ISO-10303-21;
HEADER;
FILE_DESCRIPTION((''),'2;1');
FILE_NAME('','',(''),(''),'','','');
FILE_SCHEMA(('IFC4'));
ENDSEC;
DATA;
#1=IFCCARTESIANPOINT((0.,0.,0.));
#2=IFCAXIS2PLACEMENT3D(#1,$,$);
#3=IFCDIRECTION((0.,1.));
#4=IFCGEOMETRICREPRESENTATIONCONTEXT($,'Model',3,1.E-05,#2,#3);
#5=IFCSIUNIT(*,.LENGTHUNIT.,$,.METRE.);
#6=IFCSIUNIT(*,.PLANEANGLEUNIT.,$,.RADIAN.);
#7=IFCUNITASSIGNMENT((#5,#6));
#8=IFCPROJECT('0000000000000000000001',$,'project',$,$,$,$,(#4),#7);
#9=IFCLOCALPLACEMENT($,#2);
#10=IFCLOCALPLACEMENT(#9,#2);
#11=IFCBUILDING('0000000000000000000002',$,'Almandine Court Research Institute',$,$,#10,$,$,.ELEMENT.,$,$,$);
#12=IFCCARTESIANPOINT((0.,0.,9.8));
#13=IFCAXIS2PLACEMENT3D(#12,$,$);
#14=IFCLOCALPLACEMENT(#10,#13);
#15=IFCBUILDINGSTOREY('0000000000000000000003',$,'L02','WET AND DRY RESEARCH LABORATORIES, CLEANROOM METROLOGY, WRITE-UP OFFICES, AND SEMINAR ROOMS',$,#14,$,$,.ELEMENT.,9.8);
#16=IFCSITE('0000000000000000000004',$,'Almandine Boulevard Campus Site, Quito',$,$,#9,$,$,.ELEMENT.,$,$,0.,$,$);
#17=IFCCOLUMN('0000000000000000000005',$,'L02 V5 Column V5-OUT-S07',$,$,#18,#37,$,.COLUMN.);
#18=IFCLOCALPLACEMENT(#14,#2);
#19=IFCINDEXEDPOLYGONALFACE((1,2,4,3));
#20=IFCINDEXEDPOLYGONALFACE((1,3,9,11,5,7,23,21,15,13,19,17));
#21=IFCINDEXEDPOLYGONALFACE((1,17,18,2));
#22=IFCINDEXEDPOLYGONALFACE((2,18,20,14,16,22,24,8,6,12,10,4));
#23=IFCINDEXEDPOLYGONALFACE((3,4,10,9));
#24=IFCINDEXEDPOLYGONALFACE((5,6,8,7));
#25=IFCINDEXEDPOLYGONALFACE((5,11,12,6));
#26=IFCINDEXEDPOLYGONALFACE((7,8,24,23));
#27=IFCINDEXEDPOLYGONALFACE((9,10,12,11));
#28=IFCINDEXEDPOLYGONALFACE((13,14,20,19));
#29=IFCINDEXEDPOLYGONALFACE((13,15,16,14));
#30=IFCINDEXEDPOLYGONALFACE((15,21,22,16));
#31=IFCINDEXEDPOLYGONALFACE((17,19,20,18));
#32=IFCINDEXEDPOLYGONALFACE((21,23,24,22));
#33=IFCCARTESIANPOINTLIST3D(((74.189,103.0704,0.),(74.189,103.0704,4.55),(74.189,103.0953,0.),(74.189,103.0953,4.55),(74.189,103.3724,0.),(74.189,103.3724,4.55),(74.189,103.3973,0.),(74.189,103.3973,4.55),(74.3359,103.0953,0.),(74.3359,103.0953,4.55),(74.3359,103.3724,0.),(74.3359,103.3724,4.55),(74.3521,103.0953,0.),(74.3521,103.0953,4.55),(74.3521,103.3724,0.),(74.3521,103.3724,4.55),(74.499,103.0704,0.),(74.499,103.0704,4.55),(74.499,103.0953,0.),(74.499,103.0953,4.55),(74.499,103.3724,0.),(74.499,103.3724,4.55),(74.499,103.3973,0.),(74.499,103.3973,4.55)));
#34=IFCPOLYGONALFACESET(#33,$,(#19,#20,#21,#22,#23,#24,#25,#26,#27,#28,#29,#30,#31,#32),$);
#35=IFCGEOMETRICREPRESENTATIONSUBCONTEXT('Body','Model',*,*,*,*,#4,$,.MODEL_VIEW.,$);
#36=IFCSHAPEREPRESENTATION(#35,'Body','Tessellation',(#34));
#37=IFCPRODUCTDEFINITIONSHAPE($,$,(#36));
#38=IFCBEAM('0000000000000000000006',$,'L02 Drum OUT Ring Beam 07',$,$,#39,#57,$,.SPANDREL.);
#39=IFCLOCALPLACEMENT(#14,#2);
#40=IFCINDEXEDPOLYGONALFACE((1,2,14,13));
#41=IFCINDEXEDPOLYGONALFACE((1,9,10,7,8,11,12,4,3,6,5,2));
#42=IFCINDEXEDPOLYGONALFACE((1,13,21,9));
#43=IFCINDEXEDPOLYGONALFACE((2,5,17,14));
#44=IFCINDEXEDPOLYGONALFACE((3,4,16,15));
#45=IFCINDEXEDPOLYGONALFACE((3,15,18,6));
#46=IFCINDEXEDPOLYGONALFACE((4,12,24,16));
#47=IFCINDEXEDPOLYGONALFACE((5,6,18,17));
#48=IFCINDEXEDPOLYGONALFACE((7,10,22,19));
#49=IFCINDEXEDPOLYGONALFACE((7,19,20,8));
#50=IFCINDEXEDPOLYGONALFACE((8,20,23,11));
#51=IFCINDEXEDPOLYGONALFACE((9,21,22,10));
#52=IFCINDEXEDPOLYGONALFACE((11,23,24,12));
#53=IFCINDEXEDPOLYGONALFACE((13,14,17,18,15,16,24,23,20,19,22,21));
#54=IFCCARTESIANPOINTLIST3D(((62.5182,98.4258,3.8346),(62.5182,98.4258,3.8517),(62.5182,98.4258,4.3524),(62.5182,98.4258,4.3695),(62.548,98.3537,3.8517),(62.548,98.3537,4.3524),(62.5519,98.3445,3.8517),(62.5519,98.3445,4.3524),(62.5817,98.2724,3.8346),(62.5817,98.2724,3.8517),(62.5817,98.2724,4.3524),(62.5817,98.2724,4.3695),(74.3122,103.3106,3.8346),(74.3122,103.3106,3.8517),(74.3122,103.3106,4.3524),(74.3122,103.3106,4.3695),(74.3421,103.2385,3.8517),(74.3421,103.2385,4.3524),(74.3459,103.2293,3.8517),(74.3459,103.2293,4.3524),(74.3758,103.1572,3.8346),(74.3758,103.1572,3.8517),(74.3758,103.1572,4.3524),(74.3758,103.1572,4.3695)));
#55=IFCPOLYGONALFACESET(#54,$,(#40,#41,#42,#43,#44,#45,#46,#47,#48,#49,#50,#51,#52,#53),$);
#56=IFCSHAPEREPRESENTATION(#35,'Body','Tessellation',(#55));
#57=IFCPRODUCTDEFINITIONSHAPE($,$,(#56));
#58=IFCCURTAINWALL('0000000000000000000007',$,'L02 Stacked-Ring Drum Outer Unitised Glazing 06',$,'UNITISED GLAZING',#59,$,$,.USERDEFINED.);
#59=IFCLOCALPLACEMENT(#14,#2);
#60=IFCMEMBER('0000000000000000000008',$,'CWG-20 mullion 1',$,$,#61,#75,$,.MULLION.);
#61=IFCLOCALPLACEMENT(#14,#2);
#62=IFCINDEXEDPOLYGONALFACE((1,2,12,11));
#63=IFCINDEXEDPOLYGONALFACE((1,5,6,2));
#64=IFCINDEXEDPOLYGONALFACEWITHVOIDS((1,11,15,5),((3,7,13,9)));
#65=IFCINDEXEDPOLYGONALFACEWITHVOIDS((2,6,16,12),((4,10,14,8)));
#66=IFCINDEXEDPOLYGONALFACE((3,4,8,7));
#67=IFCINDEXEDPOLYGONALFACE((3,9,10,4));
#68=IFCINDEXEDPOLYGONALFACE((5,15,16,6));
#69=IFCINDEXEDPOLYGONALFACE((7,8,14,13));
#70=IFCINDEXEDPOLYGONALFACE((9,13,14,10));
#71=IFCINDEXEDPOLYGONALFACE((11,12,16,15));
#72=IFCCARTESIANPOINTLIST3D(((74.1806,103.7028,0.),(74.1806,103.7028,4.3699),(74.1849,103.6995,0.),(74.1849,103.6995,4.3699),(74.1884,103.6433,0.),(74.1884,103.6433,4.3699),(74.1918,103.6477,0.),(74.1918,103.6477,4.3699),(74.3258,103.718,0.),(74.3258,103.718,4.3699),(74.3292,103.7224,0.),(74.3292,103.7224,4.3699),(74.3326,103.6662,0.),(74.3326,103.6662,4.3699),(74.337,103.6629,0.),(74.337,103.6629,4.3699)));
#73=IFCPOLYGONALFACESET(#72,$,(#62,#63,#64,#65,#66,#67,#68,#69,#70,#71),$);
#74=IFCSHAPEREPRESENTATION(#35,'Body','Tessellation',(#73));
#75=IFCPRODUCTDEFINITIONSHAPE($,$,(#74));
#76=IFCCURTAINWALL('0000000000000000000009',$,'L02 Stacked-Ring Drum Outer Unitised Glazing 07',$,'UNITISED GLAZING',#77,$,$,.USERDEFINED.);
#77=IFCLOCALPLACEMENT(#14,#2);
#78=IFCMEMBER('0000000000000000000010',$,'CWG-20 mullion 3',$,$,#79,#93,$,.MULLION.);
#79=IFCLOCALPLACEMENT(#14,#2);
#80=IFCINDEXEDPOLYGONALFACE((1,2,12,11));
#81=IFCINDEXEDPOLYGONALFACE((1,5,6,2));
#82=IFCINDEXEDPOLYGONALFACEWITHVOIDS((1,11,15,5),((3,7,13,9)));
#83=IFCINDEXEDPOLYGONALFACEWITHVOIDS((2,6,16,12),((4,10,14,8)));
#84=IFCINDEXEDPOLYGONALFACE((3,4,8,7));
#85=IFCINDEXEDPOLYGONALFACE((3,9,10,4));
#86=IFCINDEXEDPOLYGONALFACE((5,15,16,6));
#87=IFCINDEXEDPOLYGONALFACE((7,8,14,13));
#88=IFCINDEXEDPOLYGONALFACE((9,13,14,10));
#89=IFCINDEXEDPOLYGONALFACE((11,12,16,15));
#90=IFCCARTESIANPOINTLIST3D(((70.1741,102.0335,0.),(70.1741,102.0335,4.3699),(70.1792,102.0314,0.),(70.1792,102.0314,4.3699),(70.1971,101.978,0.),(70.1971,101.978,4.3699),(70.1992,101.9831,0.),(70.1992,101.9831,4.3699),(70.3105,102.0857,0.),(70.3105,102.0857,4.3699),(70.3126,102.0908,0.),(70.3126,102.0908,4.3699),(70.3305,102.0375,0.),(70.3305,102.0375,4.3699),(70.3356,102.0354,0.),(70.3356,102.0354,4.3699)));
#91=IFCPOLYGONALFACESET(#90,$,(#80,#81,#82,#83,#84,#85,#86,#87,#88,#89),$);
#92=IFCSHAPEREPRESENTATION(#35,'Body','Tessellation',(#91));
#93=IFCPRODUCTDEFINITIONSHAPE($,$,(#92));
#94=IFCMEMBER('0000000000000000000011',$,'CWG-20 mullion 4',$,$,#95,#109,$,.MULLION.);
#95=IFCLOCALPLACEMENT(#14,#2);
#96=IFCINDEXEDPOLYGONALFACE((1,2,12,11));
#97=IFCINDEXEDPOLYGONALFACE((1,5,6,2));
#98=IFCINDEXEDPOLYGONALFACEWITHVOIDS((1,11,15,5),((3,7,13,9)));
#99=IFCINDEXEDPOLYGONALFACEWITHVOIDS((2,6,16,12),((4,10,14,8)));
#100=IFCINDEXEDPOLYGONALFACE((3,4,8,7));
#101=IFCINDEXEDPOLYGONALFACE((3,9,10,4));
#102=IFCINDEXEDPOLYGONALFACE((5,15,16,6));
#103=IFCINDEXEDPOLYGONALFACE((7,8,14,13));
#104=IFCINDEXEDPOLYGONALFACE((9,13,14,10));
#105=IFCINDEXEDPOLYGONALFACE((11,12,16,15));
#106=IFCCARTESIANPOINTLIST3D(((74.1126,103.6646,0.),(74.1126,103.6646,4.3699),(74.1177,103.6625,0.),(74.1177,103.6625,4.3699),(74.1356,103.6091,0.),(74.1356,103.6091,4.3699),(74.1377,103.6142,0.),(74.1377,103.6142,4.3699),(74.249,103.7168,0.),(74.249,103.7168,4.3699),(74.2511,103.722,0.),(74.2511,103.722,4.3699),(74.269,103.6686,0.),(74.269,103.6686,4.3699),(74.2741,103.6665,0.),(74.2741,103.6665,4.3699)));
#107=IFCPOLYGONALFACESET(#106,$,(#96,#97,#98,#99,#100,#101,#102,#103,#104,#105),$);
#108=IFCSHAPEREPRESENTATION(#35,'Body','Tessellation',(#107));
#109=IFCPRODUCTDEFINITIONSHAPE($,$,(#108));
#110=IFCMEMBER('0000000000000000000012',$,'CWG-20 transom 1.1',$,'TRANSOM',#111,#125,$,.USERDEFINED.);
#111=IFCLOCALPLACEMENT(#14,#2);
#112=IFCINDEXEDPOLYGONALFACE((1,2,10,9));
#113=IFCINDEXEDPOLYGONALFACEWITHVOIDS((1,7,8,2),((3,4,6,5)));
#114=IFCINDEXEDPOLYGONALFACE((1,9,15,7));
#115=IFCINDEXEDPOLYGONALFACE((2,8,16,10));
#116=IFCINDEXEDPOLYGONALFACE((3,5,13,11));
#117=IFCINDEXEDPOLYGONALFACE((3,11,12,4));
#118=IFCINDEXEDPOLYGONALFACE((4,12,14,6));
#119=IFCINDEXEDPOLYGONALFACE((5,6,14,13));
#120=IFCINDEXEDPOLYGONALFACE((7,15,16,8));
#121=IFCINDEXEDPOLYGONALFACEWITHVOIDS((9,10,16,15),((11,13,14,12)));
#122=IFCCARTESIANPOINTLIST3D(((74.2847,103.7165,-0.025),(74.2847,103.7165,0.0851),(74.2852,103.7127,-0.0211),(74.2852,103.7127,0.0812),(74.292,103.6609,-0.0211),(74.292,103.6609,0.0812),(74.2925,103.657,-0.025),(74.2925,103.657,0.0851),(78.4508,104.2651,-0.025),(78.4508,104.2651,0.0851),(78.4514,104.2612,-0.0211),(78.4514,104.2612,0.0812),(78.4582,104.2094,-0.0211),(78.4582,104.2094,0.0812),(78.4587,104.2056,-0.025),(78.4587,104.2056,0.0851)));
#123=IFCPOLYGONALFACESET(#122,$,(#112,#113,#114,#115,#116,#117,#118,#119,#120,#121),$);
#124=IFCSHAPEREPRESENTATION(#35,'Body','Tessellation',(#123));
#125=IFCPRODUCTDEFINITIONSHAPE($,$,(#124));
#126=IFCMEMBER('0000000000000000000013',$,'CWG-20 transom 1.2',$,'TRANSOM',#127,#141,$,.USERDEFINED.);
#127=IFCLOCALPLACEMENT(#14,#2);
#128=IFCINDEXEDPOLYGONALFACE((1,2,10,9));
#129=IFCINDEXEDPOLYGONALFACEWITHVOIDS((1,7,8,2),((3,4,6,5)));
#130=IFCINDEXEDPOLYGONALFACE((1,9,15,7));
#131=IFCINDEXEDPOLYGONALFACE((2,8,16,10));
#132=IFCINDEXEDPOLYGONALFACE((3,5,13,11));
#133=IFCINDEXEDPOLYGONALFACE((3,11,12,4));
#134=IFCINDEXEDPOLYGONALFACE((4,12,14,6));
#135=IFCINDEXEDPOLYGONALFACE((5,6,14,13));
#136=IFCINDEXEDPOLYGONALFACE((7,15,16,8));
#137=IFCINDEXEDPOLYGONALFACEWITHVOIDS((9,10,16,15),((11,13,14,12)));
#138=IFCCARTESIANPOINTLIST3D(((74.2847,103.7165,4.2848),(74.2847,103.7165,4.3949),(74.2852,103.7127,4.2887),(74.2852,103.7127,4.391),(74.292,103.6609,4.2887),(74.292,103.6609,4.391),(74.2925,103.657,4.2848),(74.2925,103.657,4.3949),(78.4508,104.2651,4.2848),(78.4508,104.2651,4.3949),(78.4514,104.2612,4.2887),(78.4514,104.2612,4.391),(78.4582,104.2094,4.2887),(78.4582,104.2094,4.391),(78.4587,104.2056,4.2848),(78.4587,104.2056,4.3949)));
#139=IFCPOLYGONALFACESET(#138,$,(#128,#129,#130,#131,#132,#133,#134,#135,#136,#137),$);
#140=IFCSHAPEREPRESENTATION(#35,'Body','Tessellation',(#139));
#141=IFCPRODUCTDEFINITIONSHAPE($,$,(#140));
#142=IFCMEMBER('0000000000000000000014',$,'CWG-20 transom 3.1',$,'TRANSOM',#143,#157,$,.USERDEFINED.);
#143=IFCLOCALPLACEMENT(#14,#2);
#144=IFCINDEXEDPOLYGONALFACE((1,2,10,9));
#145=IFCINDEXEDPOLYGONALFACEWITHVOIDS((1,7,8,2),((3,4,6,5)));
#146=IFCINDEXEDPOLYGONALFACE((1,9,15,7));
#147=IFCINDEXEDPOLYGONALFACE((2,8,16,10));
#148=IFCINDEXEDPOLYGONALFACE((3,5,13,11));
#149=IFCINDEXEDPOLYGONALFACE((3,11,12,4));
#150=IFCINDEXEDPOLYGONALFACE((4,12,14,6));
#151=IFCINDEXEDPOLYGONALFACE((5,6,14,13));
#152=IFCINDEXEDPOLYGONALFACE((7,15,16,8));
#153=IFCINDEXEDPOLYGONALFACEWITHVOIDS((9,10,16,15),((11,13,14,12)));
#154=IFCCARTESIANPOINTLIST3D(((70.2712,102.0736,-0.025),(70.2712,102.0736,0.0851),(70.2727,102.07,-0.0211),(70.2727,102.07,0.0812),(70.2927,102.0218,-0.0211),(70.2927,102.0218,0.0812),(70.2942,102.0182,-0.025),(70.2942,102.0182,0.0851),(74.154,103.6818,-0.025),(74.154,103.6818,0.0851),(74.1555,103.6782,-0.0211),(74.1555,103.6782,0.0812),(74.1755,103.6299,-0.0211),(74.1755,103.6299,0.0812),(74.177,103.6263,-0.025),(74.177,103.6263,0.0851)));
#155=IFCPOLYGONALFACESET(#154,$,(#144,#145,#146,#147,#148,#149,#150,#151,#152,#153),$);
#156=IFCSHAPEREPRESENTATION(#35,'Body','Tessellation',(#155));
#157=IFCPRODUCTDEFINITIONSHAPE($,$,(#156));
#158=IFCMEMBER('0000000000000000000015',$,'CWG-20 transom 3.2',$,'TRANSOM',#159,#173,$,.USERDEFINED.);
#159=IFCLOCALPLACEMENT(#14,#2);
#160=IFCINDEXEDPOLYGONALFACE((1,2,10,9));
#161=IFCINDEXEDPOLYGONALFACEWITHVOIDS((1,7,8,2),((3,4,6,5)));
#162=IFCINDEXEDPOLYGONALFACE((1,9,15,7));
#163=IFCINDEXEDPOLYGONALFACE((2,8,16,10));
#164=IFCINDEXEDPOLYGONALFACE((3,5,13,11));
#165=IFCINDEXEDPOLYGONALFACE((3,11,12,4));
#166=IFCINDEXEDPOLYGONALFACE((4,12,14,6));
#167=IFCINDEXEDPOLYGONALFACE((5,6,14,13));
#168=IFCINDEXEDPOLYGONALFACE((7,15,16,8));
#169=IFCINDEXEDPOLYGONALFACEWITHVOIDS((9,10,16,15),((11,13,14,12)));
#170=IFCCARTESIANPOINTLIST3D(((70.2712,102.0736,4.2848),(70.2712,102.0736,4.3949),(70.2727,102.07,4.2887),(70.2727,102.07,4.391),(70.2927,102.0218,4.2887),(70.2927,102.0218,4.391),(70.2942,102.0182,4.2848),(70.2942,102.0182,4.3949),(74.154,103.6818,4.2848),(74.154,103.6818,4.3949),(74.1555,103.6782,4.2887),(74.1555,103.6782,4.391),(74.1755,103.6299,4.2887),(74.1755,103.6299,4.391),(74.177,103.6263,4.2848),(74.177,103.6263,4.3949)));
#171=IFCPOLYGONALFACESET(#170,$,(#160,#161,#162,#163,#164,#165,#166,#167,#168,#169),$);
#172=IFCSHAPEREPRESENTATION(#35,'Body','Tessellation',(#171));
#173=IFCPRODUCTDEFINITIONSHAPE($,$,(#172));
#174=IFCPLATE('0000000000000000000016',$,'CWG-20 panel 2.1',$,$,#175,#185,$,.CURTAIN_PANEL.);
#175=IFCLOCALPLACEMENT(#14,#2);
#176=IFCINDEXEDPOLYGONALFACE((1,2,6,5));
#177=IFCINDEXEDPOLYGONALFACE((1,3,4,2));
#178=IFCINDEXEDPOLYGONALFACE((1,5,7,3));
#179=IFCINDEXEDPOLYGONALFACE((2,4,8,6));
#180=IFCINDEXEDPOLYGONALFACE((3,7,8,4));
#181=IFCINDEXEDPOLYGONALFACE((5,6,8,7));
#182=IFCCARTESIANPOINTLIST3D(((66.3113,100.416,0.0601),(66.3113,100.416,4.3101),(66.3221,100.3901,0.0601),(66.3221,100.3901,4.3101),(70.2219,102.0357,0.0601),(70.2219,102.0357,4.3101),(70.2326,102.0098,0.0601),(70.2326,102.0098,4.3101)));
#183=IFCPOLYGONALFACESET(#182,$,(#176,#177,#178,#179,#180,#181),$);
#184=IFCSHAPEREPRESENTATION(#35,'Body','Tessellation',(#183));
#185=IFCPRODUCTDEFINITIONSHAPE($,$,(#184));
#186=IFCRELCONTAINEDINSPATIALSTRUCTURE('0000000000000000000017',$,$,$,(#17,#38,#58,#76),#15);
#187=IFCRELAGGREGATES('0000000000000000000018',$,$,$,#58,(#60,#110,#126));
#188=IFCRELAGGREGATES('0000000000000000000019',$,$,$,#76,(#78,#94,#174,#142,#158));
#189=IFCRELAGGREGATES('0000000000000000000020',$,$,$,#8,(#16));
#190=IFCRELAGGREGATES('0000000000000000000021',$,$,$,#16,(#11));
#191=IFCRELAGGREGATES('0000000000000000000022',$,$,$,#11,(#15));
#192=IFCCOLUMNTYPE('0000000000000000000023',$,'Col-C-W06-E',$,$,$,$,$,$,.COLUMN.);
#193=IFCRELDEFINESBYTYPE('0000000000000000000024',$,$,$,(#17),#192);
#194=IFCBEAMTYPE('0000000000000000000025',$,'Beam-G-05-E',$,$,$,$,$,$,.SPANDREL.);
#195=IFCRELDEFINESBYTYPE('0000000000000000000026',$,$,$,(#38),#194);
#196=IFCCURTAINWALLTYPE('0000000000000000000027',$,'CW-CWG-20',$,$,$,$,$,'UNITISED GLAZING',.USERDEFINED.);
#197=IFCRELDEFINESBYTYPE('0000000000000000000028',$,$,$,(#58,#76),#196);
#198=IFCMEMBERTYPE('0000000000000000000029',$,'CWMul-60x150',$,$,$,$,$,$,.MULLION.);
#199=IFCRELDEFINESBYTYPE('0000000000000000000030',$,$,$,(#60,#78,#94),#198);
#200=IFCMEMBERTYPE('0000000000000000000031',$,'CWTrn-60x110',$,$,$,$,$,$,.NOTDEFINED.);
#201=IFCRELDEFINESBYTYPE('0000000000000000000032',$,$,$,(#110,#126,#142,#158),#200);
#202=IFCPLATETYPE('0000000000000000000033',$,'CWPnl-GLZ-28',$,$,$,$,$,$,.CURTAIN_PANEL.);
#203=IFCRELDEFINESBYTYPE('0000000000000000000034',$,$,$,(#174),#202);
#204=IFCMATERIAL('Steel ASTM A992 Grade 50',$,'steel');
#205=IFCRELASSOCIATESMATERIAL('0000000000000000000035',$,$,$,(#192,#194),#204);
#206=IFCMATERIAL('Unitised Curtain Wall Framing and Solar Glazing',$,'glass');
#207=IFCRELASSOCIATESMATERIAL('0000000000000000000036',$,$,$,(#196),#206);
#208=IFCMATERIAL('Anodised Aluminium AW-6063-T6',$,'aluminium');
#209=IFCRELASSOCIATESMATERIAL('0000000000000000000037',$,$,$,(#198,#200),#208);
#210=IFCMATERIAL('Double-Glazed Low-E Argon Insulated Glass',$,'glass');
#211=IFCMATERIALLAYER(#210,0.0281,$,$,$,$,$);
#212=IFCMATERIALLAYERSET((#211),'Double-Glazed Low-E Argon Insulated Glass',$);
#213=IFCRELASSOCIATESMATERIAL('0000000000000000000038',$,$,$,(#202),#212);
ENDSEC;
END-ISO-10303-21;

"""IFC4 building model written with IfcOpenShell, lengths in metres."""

from ifc_helpers import new_model, si_unit, direction, frame, origin, origin_2d, place, context, subcontext, project, spatial, rectangle, hollow_rectangle, i_section, extrude, material, layer, layer_set, material_profile, profile_set, type_object, element, aggregate, save


model = new_model("IFC4")

# Units and contexts
model_context = context("Model", 3, precision=1e-05, world=origin(), true_north=direction((0.0, 1.0)))
body_context = subcontext(model_context, "Body", "Model", "MODEL_VIEW")
ifc_project = project(units=[si_unit("LENGTHUNIT", "METRE"), si_unit("PLANEANGLEUNIT", "RADIAN")], contexts=[model_context])

# Site, building, storey
site_placement = place(None, origin())
site = spatial("IfcSite", under=ifc_project, at=site_placement, Name="Almandine Boulevard Campus Site, Quito", CompositionType="ELEMENT", RefElevation=0.0)
building_placement = place(site_placement, origin())
building = spatial("IfcBuilding", under=site, at=building_placement, Name="Almandine Court Research Institute", CompositionType="ELEMENT")
storey_placement = place(building_placement, frame((0.0, 0.0, 9.8)))
storey = spatial("IfcBuildingStorey", under=building, at=storey_placement, Name="L02", Description="WET AND DRY RESEARCH LABORATORIES, CLEANROOM METROLOGY, WRITE-UP OFFICES, AND SEMINAR ROOMS", CompositionType="ELEMENT", Elevation=9.8)

# Column
ifc_material_1 = material(Name="Steel ASTM A992 Grade 50", Category="steel")
ifc_material_profile_1 = material_profile(ifc_material_1, i_section(OverallWidth=0.3101, OverallDepth=0.3269, WebThickness=0.0161, FlangeThickness=0.0249, at=origin_2d()), Name="W310x158")
ifc_profile_set_1 = profile_set([ifc_material_profile_1], Name="Steel ASTM A992 Grade 50")
column_type = type_object("IfcColumnType", Name="Col-C-W06-E", PredefinedType="COLUMN", material=ifc_profile_set_1)
column_placement = place(storey_placement, frame((74.344, 103.2339, 0.0), z_axis=(0.0, 0.0, 1.0), x_axis=(1.0, 0.0, 0.0)))
element("IfcColumn", 1, at=column_placement, inside=storey, type_object=column_type, Name="L02 V5 Column V5-OUT-S07", PredefinedType="COLUMN", context=body_context, shape_type="SweptSolid", body=[
    extrude(i_section(OverallWidth=0.3101, OverallDepth=0.3269, WebThickness=0.0161, FlangeThickness=0.0249, at=origin_2d()), origin(), (0.0, 0.0, 1.0), 4.55),
])

# Beam
ifc_material_profile_2 = material_profile(ifc_material_1, i_section(OverallWidth=0.166, OverallDepth=0.5349, WebThickness=0.01, FlangeThickness=0.0171, at=origin_2d()), Name="W530x85")
ifc_profile_set_2 = profile_set([ifc_material_profile_2], Name="Steel ASTM A992 Grade 50")
beam_type = type_object("IfcBeamType", Name="Beam-G-05-E", PredefinedType="SPANDREL", material=ifc_profile_set_2)
beam_placement = place(storey_placement, frame((74.344, 103.2339, 4.1021), z_axis=(-0.923892, -0.382654, 0.0), x_axis=(0.382654, -0.923892, 0.0)))
element("IfcBeam", 2, at=beam_placement, inside=storey, type_object=beam_type, Name="L02 Drum OUT Ring Beam 07", PredefinedType="SPANDREL", context=body_context, shape_type="SweptSolid", body=[
    extrude(i_section(OverallWidth=0.166, OverallDepth=0.5349, WebThickness=0.01, FlangeThickness=0.0171, at=origin_2d()), origin(), (0.0, 0.0, 1.0), 12.7656),
])

# Curtain wall, member
ifc_material_2 = material(Name="Unitised Curtain Wall Framing and Solar Glazing", Category="glass")
curtain_wall_type = type_object("IfcCurtainWallType", Name="CW-CWG-20", ElementType="UNITISED GLAZING", PredefinedType="USERDEFINED", material=ifc_material_2)
curtain_wall_1_placement = place(storey_placement, origin())
curtain_wall_1 = element("IfcCurtainWall", 3, at=curtain_wall_1_placement, inside=storey, type_object=curtain_wall_type, Name="L02 Stacked-Ring Drum Outer Unitised Glazing 06", ObjectType="UNITISED GLAZING", PredefinedType="USERDEFINED")
ifc_material_3 = material(Name="Anodised Aluminium AW-6063-T6", Category="aluminium")
ifc_material_profile_3 = material_profile(ifc_material_3, hollow_rectangle(XDim=0.0601, YDim=0.1499, WallThickness=0.0039, at=origin_2d()), Name="ALU RHS 60x150x4")
ifc_profile_set_3 = profile_set([ifc_material_profile_3], Name="Anodised Aluminium AW-6063-T6")
member_type_1 = type_object("IfcMemberType", Name="CWMul-60x150", PredefinedType="MULLION", material=ifc_profile_set_3)
member_1_placement = place(storey_placement, frame((74.2588, 103.6829, 0.0), z_axis=(0.0, 0.0, 1.0), x_axis=(-0.130541, 0.991443, 0.0)))
member_1 = element("IfcMember", 4, at=member_1_placement, type_object=member_type_1, Name="CWG-20 mullion 1", PredefinedType="MULLION", context=body_context, shape_type="SweptSolid", body=[
    extrude(hollow_rectangle(XDim=0.0601, YDim=0.1499, WallThickness=0.0039, at=origin_2d()), origin(), (0.0, 0.0, 1.0), 4.3699),
])

# Curtain wall, members
curtain_wall_2_placement = place(storey_placement, origin())
curtain_wall_2 = element("IfcCurtainWall", 5, at=curtain_wall_2_placement, inside=storey, type_object=curtain_wall_type, Name="L02 Stacked-Ring Drum Outer Unitised Glazing 07", ObjectType="UNITISED GLAZING", PredefinedType="USERDEFINED")
member_2_placement = place(storey_placement, frame((70.2549, 102.0344, 0.0), z_axis=(0.0, 0.0, 1.0), x_axis=(-0.382663, 0.923888, 0.0)))
member_2 = element("IfcMember", 6, at=member_2_placement, type_object=member_type_1, Name="CWG-20 mullion 3", PredefinedType="MULLION", context=body_context, shape_type="SweptSolid", body=[
    extrude(hollow_rectangle(XDim=0.0601, YDim=0.1499, WallThickness=0.0039, at=origin_2d()), origin(), (0.0, 0.0, 1.0), 4.3699),
])
member_3_placement = place(storey_placement, frame((74.1934, 103.6655, 0.0), z_axis=(0.0, 0.0, 1.0), x_axis=(-0.382663, 0.923888, 0.0)))
member_3 = element("IfcMember", 7, at=member_3_placement, type_object=member_type_1, Name="CWG-20 mullion 4", PredefinedType="MULLION", context=body_context, shape_type="SweptSolid", body=[
    extrude(hollow_rectangle(XDim=0.0601, YDim=0.1499, WallThickness=0.0039, at=origin_2d()), origin(), (0.0, 0.0, 1.0), 4.3699),
])

# Members
ifc_material_profile_4 = material_profile(ifc_material_3, hollow_rectangle(XDim=0.0601, YDim=0.1101, WallThickness=0.0039, at=origin_2d()), Name="ALU RHS 60x110x4")
ifc_profile_set_4 = profile_set([ifc_material_profile_4], Name="Anodised Aluminium AW-6063-T6")
member_type_2 = type_object("IfcMemberType", Name="CWTrn-60x110", PredefinedType="NOTDEFINED", material=ifc_profile_set_4)
member_4_placement = place(storey_placement, frame((74.2886, 103.6868, 0.03), z_axis=(0.991442, 0.130546, 0.0), x_axis=(-0.130546, 0.991442, 0.0)))
member_4 = element("IfcMember", 8, at=member_4_placement, type_object=member_type_2, Name="CWG-20 transom 1.1", ObjectType="TRANSOM", PredefinedType="USERDEFINED", context=body_context, shape_type="SweptSolid", body=[
    extrude(hollow_rectangle(XDim=0.0601, YDim=0.1101, WallThickness=0.0039, at=origin_2d()), origin(), (0.0, 0.0, 1.0), 4.2021),
])
member_5_placement = place(storey_placement, frame((74.2886, 103.6868, 4.3398), z_axis=(0.991442, 0.130546, 0.0), x_axis=(-0.130546, 0.991442, 0.0)))
member_5 = element("IfcMember", 9, at=member_5_placement, type_object=member_type_2, Name="CWG-20 transom 1.2", ObjectType="TRANSOM", PredefinedType="USERDEFINED", context=body_context, shape_type="SweptSolid", body=[
    extrude(hollow_rectangle(XDim=0.0601, YDim=0.1101, WallThickness=0.0039, at=origin_2d()), origin(), (0.0, 0.0, 1.0), 4.2021),
])
aggregate(curtain_wall_1, [member_1, member_4, member_5])
member_6_placement = place(storey_placement, frame((70.2827, 102.0459, 0.03), z_axis=(0.923893, 0.382651, 0.0), x_axis=(-0.382651, 0.923893, 0.0)))
member_6 = element("IfcMember", 10, at=member_6_placement, type_object=member_type_2, Name="CWG-20 transom 3.1", ObjectType="TRANSOM", PredefinedType="USERDEFINED", context=body_context, shape_type="SweptSolid", body=[
    extrude(hollow_rectangle(XDim=0.0601, YDim=0.1101, WallThickness=0.0039, at=origin_2d()), origin(), (0.0, 0.0, 1.0), 4.2026),
])
member_7_placement = place(storey_placement, frame((70.2827, 102.0459, 4.3398), z_axis=(0.923893, 0.382651, 0.0), x_axis=(-0.382651, 0.923893, 0.0)))
member_7 = element("IfcMember", 11, at=member_7_placement, type_object=member_type_2, Name="CWG-20 transom 3.2", ObjectType="TRANSOM", PredefinedType="USERDEFINED", context=body_context, shape_type="SweptSolid", body=[
    extrude(hollow_rectangle(XDim=0.0601, YDim=0.1101, WallThickness=0.0039, at=origin_2d()), origin(), (0.0, 0.0, 1.0), 4.2026),
])

# Plate
ifc_material_4 = material(Name="Double-Glazed Low-E Argon Insulated Glass", Category="glass")
ifc_layer_1 = layer(ifc_material_4, 0.0281)
ifc_layer_set_1 = layer_set([ifc_layer_1], Name="Double-Glazed Low-E Argon Insulated Glass")
plate_type = type_object("IfcPlateType", Name="CWPnl-GLZ-28", PredefinedType="CURTAIN_PANEL", material=ifc_layer_set_1)
plate_1_placement = place(storey_placement, frame((68.272, 101.2129, 0.0601), z_axis=(0.0, 0.0, 1.0), x_axis=(0.923888, 0.382663, 0.0)))
plate_1 = element("IfcPlate", 12, at=plate_1_placement, type_object=plate_type, Name="CWG-20 panel 2.1", PredefinedType="CURTAIN_PANEL", context=body_context, shape_type="SweptSolid", body=[
    extrude(rectangle(XDim=4.2327, YDim=0.0281, at=origin_2d()), origin(), (0.0, 0.0, 1.0), 4.25),
])
aggregate(curtain_wall_2, [member_2, member_3, plate_1, member_6, member_7])

save(model, "model.ifc")
